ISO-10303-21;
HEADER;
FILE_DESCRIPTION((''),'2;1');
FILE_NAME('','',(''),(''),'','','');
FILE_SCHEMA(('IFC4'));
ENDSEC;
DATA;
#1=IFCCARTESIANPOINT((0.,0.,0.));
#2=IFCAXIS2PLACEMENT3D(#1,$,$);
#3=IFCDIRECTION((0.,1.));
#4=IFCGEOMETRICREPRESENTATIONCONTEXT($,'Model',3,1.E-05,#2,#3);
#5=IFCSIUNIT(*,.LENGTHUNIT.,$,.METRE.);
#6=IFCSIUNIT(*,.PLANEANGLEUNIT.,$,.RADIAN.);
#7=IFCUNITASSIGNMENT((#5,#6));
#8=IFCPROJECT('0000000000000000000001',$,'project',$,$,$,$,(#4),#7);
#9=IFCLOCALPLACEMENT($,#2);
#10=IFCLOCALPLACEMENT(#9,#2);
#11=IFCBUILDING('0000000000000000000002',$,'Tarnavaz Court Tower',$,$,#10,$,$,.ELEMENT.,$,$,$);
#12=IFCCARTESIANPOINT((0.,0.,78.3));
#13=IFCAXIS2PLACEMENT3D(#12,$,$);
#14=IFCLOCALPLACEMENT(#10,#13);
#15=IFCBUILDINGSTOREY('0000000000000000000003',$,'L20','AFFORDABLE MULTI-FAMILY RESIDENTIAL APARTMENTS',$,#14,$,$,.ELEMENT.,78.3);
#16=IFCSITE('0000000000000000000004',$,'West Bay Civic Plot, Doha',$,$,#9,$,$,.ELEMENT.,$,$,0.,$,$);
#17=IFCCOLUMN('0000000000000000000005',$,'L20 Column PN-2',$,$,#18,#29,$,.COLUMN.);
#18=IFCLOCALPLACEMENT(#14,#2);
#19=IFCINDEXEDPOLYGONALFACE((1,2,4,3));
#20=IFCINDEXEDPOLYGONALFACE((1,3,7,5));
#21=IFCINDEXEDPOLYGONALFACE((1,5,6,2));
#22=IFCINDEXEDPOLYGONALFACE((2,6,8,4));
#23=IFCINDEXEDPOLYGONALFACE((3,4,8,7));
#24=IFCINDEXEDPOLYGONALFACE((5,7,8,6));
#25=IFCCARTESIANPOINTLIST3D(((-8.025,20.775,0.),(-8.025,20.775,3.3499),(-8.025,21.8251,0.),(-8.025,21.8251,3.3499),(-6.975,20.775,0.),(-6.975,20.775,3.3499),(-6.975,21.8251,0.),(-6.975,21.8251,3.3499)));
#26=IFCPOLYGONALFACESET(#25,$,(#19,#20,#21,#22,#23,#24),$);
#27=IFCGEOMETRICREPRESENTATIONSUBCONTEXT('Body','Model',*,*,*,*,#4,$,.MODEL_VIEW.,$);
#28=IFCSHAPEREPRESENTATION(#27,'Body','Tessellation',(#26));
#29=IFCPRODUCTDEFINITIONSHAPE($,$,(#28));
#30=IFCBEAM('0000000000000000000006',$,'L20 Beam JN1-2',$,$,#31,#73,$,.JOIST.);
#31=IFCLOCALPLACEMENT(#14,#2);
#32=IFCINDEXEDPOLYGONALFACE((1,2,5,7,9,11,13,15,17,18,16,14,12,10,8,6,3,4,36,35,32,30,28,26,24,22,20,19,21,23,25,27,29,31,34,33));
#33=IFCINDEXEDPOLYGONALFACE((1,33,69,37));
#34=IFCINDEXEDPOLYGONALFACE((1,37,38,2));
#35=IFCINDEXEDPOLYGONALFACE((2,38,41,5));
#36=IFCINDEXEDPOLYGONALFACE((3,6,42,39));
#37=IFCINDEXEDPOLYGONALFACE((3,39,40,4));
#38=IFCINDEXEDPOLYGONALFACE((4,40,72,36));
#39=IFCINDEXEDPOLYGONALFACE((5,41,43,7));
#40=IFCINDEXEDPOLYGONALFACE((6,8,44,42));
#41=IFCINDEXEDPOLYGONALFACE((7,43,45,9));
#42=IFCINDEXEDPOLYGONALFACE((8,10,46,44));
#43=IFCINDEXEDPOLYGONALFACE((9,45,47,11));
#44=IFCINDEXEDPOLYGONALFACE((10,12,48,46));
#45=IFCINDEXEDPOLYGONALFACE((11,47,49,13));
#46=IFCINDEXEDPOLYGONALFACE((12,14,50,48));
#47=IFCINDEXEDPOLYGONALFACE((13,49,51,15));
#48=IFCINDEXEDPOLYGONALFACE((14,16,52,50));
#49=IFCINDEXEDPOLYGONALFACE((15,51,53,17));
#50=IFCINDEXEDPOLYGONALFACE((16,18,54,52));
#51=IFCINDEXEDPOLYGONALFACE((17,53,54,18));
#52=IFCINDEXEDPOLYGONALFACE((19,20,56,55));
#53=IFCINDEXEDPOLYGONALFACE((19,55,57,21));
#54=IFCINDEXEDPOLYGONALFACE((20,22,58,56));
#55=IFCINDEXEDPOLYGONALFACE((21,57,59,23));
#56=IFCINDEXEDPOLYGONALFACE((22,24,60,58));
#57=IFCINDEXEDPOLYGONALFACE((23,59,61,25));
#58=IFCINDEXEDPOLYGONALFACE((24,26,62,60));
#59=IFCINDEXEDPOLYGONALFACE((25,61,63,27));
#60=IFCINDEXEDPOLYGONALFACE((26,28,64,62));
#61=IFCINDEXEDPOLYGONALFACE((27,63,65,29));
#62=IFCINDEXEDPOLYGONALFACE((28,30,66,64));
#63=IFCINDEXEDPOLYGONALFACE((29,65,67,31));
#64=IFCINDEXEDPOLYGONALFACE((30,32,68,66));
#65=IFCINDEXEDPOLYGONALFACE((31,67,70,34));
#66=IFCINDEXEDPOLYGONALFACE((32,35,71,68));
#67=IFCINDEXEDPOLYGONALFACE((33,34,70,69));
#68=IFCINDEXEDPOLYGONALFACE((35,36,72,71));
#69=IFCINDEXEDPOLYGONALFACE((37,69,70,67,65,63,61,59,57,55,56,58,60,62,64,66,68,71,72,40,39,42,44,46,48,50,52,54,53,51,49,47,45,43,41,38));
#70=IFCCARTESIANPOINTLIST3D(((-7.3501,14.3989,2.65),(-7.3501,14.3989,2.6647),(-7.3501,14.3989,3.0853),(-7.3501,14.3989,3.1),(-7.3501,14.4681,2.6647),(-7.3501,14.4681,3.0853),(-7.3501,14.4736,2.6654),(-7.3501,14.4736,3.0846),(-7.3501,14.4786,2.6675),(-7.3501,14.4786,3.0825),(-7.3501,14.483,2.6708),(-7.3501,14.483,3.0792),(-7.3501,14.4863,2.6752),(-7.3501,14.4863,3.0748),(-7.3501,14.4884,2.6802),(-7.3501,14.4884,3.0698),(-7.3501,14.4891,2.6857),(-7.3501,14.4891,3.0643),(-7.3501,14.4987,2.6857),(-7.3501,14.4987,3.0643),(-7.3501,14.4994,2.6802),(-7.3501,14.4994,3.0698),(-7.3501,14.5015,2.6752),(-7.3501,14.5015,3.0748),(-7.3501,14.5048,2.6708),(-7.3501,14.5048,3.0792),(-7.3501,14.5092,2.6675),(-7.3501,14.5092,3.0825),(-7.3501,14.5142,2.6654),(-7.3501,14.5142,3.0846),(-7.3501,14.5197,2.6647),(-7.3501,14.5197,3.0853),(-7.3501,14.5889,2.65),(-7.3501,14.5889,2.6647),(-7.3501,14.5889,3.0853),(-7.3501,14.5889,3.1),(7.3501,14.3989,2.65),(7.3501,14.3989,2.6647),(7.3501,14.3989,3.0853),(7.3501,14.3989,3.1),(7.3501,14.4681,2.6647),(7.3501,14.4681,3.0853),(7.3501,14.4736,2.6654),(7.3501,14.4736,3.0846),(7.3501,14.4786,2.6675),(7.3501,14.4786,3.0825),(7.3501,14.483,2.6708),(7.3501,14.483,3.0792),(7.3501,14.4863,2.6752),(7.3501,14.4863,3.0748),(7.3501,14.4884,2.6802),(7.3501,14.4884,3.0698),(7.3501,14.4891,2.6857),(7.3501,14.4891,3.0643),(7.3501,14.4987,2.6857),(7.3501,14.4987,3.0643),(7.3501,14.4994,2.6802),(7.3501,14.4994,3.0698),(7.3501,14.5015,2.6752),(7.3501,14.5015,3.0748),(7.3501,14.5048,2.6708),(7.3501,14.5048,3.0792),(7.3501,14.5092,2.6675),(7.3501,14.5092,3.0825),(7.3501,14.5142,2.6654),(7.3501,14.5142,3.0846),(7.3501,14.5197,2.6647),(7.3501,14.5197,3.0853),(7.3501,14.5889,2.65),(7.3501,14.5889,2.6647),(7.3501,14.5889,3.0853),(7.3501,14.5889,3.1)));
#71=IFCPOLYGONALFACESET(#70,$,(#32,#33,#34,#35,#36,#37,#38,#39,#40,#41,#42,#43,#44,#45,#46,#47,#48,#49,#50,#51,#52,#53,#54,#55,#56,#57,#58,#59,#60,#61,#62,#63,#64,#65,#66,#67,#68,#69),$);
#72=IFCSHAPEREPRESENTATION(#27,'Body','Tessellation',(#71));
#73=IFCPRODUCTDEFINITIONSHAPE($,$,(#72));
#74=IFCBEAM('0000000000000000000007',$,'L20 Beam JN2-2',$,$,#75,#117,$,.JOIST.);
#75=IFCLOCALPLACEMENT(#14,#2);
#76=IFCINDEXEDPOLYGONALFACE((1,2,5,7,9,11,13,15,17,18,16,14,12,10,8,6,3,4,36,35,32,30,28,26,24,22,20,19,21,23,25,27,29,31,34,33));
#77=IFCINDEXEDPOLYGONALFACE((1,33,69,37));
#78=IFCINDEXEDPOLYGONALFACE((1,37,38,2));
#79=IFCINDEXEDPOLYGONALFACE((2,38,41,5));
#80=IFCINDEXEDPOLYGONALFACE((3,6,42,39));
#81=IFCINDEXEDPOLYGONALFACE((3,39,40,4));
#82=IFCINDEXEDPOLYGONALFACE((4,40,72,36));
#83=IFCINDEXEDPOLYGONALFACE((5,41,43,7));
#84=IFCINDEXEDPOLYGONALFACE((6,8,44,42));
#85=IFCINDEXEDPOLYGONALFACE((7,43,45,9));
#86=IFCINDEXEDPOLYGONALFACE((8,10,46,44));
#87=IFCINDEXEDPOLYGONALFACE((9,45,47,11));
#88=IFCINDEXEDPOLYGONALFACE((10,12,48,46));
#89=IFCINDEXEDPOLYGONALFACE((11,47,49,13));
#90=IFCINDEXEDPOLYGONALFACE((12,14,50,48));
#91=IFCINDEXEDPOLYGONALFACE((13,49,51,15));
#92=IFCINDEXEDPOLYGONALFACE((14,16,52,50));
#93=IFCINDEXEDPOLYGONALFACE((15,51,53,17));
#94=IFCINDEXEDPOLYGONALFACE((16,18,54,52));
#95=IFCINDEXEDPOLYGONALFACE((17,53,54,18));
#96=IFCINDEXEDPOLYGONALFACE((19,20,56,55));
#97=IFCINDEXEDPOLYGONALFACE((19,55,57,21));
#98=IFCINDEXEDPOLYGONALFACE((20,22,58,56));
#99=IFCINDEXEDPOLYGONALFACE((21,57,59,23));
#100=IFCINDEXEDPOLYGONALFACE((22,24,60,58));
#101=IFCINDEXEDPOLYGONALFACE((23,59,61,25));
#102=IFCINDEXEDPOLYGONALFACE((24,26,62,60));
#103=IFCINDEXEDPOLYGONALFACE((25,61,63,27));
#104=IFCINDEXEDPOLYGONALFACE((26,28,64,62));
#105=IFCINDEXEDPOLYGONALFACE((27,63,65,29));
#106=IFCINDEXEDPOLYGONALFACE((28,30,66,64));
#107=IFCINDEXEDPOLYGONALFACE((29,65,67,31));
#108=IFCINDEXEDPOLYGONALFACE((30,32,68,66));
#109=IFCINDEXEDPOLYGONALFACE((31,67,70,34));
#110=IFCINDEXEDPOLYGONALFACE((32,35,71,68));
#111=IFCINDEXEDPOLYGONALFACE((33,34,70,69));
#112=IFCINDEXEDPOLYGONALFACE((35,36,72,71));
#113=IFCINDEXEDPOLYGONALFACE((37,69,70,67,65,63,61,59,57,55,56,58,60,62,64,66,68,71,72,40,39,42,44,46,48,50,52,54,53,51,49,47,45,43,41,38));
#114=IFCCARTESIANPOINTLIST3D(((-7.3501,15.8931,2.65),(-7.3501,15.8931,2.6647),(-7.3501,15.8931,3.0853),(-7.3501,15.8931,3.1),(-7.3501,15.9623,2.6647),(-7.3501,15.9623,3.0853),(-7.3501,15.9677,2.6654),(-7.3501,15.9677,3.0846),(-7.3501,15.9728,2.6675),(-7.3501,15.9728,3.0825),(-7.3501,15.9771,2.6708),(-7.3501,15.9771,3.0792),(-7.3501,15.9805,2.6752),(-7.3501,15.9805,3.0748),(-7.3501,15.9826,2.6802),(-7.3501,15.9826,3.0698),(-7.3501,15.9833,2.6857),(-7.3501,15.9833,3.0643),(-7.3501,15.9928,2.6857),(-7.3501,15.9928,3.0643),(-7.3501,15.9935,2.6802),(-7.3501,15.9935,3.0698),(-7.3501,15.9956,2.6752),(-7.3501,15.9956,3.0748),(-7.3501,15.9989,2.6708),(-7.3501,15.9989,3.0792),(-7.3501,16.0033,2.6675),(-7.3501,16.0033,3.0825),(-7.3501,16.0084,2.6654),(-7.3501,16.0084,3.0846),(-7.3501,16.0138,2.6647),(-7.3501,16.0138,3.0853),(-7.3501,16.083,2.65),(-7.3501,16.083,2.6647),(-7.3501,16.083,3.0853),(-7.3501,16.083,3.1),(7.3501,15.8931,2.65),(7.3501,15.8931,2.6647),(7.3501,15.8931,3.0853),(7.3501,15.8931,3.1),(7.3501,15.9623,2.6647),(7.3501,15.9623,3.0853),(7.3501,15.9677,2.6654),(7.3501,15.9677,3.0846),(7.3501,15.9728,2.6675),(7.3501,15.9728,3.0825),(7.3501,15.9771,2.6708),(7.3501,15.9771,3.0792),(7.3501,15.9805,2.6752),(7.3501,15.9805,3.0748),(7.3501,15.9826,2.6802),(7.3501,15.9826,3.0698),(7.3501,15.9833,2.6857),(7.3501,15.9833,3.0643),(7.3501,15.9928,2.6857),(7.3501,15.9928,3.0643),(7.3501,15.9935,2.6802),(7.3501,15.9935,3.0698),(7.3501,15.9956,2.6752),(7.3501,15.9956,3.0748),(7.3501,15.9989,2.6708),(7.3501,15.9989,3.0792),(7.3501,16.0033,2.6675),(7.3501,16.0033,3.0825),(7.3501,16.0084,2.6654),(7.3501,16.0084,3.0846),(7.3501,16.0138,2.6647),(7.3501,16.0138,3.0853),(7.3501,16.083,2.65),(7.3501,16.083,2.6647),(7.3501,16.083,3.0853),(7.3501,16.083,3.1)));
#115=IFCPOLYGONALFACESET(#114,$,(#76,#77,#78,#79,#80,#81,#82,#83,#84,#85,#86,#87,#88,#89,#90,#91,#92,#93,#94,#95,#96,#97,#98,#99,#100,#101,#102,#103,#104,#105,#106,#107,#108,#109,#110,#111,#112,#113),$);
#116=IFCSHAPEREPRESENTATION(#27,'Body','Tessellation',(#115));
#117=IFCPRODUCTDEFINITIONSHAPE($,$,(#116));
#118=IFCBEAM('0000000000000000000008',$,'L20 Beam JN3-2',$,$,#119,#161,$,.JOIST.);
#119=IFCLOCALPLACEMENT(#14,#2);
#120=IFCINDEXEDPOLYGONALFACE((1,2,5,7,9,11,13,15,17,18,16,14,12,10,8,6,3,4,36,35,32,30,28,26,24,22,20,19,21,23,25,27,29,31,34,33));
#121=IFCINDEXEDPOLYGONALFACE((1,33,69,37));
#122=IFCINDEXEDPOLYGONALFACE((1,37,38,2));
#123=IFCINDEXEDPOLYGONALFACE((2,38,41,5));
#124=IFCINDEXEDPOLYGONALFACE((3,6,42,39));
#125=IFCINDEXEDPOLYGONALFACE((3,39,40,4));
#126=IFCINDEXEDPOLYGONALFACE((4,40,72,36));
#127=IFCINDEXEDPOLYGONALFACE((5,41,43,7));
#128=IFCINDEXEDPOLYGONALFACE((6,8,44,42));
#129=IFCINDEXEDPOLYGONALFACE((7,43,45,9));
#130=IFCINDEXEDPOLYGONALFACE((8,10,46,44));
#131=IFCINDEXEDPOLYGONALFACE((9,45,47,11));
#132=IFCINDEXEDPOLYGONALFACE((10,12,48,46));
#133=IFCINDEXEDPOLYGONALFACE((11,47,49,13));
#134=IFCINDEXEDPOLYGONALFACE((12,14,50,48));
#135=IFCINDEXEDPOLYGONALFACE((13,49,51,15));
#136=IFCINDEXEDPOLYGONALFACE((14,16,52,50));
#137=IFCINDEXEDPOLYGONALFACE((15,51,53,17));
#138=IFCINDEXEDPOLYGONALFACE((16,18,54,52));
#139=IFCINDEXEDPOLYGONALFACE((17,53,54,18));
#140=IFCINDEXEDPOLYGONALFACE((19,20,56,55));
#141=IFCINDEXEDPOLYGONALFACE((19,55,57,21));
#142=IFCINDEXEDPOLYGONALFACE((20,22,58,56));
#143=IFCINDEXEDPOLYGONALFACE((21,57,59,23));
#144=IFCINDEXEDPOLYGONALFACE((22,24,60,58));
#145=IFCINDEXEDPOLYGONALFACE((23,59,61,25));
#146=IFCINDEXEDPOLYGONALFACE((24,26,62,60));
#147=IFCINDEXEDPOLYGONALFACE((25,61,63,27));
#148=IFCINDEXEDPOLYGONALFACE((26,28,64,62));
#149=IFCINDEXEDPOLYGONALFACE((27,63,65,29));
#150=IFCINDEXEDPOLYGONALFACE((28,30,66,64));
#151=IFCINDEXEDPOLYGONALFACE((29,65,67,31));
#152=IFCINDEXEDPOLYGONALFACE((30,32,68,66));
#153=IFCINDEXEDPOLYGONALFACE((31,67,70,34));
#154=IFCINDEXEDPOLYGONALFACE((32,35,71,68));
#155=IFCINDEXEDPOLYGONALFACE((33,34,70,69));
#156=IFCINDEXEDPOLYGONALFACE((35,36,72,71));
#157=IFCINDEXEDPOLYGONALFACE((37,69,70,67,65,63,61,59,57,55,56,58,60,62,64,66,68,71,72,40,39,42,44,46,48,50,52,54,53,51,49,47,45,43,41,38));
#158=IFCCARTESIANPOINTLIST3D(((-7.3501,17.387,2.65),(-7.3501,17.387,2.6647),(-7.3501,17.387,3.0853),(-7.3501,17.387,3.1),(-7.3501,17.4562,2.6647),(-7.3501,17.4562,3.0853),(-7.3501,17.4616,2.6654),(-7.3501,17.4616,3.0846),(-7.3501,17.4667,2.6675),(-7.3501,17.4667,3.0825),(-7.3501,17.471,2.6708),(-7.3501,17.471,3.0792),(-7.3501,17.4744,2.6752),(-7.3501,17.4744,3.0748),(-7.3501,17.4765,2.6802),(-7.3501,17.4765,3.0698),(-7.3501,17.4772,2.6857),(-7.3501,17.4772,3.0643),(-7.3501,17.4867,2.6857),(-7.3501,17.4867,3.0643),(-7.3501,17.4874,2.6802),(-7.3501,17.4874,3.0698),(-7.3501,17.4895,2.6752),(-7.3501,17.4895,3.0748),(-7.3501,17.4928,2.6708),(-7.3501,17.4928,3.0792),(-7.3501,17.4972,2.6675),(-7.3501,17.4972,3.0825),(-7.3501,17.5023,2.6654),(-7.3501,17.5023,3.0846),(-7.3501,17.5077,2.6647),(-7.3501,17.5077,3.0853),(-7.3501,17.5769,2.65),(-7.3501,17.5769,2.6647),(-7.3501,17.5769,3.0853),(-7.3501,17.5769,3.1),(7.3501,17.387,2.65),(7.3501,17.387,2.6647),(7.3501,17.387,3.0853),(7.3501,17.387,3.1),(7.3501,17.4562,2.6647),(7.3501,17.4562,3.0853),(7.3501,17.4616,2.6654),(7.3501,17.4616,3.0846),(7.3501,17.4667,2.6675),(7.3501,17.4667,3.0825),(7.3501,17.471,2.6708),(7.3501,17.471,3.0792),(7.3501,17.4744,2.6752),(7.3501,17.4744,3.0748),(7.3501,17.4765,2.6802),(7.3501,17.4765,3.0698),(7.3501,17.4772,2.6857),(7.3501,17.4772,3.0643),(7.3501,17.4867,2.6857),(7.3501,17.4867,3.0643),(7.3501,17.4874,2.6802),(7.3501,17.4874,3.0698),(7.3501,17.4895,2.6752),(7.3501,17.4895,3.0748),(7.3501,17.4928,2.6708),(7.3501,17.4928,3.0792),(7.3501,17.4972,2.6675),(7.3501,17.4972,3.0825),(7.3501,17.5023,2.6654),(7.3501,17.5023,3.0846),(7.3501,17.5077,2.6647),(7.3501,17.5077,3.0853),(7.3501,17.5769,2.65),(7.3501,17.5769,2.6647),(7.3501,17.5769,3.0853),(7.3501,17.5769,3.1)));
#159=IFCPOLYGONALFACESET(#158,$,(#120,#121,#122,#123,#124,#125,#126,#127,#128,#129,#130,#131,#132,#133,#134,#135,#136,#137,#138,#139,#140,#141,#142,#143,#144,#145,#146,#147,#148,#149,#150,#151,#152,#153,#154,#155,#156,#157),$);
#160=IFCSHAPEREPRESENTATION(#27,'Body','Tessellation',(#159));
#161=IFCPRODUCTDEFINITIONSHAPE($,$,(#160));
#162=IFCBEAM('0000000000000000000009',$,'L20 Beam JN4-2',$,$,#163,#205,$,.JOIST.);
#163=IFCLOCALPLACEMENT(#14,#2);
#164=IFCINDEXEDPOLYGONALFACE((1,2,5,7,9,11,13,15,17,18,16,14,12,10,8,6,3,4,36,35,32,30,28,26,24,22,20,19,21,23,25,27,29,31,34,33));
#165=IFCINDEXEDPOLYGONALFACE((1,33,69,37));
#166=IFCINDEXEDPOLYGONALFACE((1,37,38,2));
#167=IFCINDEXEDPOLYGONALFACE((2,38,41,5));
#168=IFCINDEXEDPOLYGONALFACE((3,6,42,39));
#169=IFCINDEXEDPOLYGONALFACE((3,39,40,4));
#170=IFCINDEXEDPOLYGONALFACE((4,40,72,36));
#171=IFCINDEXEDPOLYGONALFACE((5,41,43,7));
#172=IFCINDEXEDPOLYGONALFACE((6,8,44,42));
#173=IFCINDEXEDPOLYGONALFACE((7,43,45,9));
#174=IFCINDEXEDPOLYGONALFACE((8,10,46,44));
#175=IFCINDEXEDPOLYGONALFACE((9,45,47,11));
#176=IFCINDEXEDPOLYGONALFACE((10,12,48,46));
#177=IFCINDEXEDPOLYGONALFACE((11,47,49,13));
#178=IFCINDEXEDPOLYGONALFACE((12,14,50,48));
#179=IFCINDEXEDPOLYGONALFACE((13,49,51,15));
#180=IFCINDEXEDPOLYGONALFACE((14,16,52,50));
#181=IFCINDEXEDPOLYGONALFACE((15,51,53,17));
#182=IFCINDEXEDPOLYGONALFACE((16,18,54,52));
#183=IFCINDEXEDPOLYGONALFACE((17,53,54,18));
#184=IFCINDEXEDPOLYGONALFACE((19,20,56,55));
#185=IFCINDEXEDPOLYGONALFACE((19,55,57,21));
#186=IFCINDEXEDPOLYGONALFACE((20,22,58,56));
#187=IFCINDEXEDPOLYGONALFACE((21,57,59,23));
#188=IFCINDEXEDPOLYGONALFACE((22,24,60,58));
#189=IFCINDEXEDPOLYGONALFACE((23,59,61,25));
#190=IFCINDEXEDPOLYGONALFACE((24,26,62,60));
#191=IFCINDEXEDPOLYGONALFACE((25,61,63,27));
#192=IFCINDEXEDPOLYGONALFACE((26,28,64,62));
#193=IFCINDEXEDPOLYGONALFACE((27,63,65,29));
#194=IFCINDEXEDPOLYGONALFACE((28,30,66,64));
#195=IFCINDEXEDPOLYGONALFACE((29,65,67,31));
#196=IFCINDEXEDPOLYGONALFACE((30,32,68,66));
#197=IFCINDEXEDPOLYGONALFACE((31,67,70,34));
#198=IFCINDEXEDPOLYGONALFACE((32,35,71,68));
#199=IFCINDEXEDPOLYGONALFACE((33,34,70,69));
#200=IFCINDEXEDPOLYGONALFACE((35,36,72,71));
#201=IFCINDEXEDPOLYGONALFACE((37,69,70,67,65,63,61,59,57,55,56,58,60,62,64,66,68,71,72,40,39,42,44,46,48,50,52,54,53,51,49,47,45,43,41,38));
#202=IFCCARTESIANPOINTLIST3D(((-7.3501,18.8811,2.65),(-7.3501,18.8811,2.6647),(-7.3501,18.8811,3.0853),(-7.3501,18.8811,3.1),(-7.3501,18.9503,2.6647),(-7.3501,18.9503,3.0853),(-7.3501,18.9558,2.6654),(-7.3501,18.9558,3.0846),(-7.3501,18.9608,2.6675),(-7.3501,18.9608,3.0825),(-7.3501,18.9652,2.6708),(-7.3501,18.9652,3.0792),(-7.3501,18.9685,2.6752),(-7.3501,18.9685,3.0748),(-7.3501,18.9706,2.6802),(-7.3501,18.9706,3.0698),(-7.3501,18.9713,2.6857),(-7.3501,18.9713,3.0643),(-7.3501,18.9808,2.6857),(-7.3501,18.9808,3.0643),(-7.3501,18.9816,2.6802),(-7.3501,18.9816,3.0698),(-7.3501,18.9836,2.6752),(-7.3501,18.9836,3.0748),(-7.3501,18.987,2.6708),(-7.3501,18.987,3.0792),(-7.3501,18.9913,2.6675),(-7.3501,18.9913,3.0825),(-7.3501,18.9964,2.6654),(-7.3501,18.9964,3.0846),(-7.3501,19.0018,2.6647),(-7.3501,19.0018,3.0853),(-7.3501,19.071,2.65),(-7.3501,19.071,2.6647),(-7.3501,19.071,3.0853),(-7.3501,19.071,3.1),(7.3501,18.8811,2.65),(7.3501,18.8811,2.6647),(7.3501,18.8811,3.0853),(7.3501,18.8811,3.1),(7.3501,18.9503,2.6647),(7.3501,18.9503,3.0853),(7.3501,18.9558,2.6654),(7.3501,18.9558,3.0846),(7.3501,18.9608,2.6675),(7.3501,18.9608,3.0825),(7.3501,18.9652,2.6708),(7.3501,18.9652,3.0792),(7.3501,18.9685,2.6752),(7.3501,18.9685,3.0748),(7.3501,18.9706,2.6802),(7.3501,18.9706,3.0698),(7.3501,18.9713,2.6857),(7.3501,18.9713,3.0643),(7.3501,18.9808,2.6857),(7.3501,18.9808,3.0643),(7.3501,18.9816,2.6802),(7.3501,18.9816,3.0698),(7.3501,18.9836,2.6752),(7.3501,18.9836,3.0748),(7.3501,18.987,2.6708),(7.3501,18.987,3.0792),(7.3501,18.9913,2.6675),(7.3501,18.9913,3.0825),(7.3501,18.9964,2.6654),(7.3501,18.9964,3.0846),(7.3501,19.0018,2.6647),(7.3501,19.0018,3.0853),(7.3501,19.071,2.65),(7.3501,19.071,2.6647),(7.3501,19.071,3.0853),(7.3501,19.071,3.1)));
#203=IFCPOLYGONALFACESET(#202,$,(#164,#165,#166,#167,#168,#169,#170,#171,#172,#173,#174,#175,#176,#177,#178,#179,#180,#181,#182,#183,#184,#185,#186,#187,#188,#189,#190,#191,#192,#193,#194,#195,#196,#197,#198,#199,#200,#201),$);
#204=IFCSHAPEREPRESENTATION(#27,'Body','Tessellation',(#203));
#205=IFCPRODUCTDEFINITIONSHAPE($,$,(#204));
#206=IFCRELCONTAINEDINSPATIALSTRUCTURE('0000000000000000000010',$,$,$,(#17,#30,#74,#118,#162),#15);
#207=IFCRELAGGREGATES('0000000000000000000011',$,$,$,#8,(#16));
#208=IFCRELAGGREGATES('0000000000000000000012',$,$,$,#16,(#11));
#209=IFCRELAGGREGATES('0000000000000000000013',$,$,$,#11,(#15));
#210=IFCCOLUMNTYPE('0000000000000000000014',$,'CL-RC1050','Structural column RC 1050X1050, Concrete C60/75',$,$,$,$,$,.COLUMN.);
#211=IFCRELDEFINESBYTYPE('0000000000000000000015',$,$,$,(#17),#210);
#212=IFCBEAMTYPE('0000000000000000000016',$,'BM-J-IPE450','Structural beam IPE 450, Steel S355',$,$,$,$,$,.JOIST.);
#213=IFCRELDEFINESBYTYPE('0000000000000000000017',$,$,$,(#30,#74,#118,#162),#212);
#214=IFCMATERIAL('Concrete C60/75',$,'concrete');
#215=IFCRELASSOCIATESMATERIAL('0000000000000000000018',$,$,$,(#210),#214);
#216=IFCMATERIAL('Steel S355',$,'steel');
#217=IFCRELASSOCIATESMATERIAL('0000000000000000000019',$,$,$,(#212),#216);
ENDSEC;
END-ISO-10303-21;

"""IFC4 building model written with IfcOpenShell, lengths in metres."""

from ifc_helpers import new_model, si_unit, direction, frame, origin, origin_2d, place, context, subcontext, project, spatial, rectangle, i_section, extrude, material, material_profile, profile_set, type_object, element, save


model = new_model("IFC4")

# Units and contexts
model_context = context("Model", 3, precision=1e-05, world=origin(), true_north=direction((0.0, 1.0)))
body_context = subcontext(model_context, "Body", "Model", "MODEL_VIEW")
ifc_project = project(units=[si_unit("LENGTHUNIT", "METRE"), si_unit("PLANEANGLEUNIT", "RADIAN")], contexts=[model_context])

# Site, building, storey
site_placement = place(None, origin())
site = spatial("IfcSite", under=ifc_project, at=site_placement, Name="West Bay Civic Plot, Doha", CompositionType="ELEMENT", RefElevation=0.0)
building_placement = place(site_placement, origin())
building = spatial("IfcBuilding", under=site, at=building_placement, Name="Tarnavaz Court Tower", CompositionType="ELEMENT")
storey_placement = place(building_placement, frame((0.0, 0.0, 78.3)))
storey = spatial("IfcBuildingStorey", under=building, at=storey_placement, Name="L20", Description="AFFORDABLE MULTI-FAMILY RESIDENTIAL APARTMENTS", CompositionType="ELEMENT", Elevation=78.3)

# Column
ifc_material_1 = material(Name="Concrete C60/75", Category="concrete")
ifc_material_profile_1 = material_profile(ifc_material_1, rectangle(XDim=1.05, YDim=1.05, at=origin_2d()), Name="RC 1050X1050")
ifc_profile_set_1 = profile_set([ifc_material_profile_1], Name="Concrete C60/75")
column_type = type_object("IfcColumnType", Name="CL-RC1050", Description="Structural column RC 1050X1050, Concrete C60/75", PredefinedType="COLUMN", material=ifc_profile_set_1)
column_placement = place(storey_placement, frame((-7.5, 21.3, 0.0), z_axis=(0.0, 0.0, 1.0), x_axis=(1.0, 0.0, 0.0)))
element("IfcColumn", 1, at=column_placement, inside=storey, type_object=column_type, Name="L20 Column PN-2", PredefinedType="COLUMN", context=body_context, shape_type="SweptSolid", body=[
    extrude(rectangle(XDim=1.05, YDim=1.05, at=origin_2d()), origin(), (0.0, 0.0, 1.0), 3.3499),
])

# Beams
ifc_material_2 = material(Name="Steel S355", Category="steel")
ifc_material_profile_2 = material_profile(ifc_material_2, i_section(OverallWidth=0.1899, OverallDepth=0.45, WebThickness=0.0095, FlangeThickness=0.0146, FilletRadius=0.021, at=origin_2d()), Name="IPE 450")
ifc_profile_set_2 = profile_set([ifc_material_profile_2], Name="Steel S355")
beam_type_1 = type_object("IfcBeamType", Name="BM-J-IPE450", Description="Structural beam IPE 450, Steel S355", PredefinedType="JOIST", material=ifc_profile_set_2)
for number, where, z_axis, x_axis, name in (
    (2, (-7.3501, 14.4939, 2.875), (1.0, 0.0, 0.0), (0.0, 1.0, 0.0), "L20 Beam JN1-2"),
    (3, (-7.3501, 15.988, 2.875), (1.0, 0.0, 0.0), (0.0, 1.0, 0.0), "L20 Beam JN2-2"),
    (4, (-7.3501, 17.4819, 2.875), (1.0, 0.0, 0.0), (0.0, 1.0, 0.0), "L20 Beam JN3-2"),
    (5, (-7.3501, 18.9761, 2.875), (1.0, 0.0, 0.0), (0.0, 1.0, 0.0), "L20 Beam JN4-2"),
):
    element("IfcBeam", number, at=place(storey_placement, frame(where, z_axis=z_axis, x_axis=x_axis)), inside=storey, type_object=beam_type_1, Name=name, PredefinedType="JOIST", context=body_context, shape_type="SweptSolid", body=[
        extrude(i_section(OverallWidth=0.1899, OverallDepth=0.45, WebThickness=0.0095, FlangeThickness=0.0146, FilletRadius=0.021, at=origin_2d()), origin(), (0.0, 0.0, 1.0), 14.7002),
    ])

save(model, "model.ifc")
